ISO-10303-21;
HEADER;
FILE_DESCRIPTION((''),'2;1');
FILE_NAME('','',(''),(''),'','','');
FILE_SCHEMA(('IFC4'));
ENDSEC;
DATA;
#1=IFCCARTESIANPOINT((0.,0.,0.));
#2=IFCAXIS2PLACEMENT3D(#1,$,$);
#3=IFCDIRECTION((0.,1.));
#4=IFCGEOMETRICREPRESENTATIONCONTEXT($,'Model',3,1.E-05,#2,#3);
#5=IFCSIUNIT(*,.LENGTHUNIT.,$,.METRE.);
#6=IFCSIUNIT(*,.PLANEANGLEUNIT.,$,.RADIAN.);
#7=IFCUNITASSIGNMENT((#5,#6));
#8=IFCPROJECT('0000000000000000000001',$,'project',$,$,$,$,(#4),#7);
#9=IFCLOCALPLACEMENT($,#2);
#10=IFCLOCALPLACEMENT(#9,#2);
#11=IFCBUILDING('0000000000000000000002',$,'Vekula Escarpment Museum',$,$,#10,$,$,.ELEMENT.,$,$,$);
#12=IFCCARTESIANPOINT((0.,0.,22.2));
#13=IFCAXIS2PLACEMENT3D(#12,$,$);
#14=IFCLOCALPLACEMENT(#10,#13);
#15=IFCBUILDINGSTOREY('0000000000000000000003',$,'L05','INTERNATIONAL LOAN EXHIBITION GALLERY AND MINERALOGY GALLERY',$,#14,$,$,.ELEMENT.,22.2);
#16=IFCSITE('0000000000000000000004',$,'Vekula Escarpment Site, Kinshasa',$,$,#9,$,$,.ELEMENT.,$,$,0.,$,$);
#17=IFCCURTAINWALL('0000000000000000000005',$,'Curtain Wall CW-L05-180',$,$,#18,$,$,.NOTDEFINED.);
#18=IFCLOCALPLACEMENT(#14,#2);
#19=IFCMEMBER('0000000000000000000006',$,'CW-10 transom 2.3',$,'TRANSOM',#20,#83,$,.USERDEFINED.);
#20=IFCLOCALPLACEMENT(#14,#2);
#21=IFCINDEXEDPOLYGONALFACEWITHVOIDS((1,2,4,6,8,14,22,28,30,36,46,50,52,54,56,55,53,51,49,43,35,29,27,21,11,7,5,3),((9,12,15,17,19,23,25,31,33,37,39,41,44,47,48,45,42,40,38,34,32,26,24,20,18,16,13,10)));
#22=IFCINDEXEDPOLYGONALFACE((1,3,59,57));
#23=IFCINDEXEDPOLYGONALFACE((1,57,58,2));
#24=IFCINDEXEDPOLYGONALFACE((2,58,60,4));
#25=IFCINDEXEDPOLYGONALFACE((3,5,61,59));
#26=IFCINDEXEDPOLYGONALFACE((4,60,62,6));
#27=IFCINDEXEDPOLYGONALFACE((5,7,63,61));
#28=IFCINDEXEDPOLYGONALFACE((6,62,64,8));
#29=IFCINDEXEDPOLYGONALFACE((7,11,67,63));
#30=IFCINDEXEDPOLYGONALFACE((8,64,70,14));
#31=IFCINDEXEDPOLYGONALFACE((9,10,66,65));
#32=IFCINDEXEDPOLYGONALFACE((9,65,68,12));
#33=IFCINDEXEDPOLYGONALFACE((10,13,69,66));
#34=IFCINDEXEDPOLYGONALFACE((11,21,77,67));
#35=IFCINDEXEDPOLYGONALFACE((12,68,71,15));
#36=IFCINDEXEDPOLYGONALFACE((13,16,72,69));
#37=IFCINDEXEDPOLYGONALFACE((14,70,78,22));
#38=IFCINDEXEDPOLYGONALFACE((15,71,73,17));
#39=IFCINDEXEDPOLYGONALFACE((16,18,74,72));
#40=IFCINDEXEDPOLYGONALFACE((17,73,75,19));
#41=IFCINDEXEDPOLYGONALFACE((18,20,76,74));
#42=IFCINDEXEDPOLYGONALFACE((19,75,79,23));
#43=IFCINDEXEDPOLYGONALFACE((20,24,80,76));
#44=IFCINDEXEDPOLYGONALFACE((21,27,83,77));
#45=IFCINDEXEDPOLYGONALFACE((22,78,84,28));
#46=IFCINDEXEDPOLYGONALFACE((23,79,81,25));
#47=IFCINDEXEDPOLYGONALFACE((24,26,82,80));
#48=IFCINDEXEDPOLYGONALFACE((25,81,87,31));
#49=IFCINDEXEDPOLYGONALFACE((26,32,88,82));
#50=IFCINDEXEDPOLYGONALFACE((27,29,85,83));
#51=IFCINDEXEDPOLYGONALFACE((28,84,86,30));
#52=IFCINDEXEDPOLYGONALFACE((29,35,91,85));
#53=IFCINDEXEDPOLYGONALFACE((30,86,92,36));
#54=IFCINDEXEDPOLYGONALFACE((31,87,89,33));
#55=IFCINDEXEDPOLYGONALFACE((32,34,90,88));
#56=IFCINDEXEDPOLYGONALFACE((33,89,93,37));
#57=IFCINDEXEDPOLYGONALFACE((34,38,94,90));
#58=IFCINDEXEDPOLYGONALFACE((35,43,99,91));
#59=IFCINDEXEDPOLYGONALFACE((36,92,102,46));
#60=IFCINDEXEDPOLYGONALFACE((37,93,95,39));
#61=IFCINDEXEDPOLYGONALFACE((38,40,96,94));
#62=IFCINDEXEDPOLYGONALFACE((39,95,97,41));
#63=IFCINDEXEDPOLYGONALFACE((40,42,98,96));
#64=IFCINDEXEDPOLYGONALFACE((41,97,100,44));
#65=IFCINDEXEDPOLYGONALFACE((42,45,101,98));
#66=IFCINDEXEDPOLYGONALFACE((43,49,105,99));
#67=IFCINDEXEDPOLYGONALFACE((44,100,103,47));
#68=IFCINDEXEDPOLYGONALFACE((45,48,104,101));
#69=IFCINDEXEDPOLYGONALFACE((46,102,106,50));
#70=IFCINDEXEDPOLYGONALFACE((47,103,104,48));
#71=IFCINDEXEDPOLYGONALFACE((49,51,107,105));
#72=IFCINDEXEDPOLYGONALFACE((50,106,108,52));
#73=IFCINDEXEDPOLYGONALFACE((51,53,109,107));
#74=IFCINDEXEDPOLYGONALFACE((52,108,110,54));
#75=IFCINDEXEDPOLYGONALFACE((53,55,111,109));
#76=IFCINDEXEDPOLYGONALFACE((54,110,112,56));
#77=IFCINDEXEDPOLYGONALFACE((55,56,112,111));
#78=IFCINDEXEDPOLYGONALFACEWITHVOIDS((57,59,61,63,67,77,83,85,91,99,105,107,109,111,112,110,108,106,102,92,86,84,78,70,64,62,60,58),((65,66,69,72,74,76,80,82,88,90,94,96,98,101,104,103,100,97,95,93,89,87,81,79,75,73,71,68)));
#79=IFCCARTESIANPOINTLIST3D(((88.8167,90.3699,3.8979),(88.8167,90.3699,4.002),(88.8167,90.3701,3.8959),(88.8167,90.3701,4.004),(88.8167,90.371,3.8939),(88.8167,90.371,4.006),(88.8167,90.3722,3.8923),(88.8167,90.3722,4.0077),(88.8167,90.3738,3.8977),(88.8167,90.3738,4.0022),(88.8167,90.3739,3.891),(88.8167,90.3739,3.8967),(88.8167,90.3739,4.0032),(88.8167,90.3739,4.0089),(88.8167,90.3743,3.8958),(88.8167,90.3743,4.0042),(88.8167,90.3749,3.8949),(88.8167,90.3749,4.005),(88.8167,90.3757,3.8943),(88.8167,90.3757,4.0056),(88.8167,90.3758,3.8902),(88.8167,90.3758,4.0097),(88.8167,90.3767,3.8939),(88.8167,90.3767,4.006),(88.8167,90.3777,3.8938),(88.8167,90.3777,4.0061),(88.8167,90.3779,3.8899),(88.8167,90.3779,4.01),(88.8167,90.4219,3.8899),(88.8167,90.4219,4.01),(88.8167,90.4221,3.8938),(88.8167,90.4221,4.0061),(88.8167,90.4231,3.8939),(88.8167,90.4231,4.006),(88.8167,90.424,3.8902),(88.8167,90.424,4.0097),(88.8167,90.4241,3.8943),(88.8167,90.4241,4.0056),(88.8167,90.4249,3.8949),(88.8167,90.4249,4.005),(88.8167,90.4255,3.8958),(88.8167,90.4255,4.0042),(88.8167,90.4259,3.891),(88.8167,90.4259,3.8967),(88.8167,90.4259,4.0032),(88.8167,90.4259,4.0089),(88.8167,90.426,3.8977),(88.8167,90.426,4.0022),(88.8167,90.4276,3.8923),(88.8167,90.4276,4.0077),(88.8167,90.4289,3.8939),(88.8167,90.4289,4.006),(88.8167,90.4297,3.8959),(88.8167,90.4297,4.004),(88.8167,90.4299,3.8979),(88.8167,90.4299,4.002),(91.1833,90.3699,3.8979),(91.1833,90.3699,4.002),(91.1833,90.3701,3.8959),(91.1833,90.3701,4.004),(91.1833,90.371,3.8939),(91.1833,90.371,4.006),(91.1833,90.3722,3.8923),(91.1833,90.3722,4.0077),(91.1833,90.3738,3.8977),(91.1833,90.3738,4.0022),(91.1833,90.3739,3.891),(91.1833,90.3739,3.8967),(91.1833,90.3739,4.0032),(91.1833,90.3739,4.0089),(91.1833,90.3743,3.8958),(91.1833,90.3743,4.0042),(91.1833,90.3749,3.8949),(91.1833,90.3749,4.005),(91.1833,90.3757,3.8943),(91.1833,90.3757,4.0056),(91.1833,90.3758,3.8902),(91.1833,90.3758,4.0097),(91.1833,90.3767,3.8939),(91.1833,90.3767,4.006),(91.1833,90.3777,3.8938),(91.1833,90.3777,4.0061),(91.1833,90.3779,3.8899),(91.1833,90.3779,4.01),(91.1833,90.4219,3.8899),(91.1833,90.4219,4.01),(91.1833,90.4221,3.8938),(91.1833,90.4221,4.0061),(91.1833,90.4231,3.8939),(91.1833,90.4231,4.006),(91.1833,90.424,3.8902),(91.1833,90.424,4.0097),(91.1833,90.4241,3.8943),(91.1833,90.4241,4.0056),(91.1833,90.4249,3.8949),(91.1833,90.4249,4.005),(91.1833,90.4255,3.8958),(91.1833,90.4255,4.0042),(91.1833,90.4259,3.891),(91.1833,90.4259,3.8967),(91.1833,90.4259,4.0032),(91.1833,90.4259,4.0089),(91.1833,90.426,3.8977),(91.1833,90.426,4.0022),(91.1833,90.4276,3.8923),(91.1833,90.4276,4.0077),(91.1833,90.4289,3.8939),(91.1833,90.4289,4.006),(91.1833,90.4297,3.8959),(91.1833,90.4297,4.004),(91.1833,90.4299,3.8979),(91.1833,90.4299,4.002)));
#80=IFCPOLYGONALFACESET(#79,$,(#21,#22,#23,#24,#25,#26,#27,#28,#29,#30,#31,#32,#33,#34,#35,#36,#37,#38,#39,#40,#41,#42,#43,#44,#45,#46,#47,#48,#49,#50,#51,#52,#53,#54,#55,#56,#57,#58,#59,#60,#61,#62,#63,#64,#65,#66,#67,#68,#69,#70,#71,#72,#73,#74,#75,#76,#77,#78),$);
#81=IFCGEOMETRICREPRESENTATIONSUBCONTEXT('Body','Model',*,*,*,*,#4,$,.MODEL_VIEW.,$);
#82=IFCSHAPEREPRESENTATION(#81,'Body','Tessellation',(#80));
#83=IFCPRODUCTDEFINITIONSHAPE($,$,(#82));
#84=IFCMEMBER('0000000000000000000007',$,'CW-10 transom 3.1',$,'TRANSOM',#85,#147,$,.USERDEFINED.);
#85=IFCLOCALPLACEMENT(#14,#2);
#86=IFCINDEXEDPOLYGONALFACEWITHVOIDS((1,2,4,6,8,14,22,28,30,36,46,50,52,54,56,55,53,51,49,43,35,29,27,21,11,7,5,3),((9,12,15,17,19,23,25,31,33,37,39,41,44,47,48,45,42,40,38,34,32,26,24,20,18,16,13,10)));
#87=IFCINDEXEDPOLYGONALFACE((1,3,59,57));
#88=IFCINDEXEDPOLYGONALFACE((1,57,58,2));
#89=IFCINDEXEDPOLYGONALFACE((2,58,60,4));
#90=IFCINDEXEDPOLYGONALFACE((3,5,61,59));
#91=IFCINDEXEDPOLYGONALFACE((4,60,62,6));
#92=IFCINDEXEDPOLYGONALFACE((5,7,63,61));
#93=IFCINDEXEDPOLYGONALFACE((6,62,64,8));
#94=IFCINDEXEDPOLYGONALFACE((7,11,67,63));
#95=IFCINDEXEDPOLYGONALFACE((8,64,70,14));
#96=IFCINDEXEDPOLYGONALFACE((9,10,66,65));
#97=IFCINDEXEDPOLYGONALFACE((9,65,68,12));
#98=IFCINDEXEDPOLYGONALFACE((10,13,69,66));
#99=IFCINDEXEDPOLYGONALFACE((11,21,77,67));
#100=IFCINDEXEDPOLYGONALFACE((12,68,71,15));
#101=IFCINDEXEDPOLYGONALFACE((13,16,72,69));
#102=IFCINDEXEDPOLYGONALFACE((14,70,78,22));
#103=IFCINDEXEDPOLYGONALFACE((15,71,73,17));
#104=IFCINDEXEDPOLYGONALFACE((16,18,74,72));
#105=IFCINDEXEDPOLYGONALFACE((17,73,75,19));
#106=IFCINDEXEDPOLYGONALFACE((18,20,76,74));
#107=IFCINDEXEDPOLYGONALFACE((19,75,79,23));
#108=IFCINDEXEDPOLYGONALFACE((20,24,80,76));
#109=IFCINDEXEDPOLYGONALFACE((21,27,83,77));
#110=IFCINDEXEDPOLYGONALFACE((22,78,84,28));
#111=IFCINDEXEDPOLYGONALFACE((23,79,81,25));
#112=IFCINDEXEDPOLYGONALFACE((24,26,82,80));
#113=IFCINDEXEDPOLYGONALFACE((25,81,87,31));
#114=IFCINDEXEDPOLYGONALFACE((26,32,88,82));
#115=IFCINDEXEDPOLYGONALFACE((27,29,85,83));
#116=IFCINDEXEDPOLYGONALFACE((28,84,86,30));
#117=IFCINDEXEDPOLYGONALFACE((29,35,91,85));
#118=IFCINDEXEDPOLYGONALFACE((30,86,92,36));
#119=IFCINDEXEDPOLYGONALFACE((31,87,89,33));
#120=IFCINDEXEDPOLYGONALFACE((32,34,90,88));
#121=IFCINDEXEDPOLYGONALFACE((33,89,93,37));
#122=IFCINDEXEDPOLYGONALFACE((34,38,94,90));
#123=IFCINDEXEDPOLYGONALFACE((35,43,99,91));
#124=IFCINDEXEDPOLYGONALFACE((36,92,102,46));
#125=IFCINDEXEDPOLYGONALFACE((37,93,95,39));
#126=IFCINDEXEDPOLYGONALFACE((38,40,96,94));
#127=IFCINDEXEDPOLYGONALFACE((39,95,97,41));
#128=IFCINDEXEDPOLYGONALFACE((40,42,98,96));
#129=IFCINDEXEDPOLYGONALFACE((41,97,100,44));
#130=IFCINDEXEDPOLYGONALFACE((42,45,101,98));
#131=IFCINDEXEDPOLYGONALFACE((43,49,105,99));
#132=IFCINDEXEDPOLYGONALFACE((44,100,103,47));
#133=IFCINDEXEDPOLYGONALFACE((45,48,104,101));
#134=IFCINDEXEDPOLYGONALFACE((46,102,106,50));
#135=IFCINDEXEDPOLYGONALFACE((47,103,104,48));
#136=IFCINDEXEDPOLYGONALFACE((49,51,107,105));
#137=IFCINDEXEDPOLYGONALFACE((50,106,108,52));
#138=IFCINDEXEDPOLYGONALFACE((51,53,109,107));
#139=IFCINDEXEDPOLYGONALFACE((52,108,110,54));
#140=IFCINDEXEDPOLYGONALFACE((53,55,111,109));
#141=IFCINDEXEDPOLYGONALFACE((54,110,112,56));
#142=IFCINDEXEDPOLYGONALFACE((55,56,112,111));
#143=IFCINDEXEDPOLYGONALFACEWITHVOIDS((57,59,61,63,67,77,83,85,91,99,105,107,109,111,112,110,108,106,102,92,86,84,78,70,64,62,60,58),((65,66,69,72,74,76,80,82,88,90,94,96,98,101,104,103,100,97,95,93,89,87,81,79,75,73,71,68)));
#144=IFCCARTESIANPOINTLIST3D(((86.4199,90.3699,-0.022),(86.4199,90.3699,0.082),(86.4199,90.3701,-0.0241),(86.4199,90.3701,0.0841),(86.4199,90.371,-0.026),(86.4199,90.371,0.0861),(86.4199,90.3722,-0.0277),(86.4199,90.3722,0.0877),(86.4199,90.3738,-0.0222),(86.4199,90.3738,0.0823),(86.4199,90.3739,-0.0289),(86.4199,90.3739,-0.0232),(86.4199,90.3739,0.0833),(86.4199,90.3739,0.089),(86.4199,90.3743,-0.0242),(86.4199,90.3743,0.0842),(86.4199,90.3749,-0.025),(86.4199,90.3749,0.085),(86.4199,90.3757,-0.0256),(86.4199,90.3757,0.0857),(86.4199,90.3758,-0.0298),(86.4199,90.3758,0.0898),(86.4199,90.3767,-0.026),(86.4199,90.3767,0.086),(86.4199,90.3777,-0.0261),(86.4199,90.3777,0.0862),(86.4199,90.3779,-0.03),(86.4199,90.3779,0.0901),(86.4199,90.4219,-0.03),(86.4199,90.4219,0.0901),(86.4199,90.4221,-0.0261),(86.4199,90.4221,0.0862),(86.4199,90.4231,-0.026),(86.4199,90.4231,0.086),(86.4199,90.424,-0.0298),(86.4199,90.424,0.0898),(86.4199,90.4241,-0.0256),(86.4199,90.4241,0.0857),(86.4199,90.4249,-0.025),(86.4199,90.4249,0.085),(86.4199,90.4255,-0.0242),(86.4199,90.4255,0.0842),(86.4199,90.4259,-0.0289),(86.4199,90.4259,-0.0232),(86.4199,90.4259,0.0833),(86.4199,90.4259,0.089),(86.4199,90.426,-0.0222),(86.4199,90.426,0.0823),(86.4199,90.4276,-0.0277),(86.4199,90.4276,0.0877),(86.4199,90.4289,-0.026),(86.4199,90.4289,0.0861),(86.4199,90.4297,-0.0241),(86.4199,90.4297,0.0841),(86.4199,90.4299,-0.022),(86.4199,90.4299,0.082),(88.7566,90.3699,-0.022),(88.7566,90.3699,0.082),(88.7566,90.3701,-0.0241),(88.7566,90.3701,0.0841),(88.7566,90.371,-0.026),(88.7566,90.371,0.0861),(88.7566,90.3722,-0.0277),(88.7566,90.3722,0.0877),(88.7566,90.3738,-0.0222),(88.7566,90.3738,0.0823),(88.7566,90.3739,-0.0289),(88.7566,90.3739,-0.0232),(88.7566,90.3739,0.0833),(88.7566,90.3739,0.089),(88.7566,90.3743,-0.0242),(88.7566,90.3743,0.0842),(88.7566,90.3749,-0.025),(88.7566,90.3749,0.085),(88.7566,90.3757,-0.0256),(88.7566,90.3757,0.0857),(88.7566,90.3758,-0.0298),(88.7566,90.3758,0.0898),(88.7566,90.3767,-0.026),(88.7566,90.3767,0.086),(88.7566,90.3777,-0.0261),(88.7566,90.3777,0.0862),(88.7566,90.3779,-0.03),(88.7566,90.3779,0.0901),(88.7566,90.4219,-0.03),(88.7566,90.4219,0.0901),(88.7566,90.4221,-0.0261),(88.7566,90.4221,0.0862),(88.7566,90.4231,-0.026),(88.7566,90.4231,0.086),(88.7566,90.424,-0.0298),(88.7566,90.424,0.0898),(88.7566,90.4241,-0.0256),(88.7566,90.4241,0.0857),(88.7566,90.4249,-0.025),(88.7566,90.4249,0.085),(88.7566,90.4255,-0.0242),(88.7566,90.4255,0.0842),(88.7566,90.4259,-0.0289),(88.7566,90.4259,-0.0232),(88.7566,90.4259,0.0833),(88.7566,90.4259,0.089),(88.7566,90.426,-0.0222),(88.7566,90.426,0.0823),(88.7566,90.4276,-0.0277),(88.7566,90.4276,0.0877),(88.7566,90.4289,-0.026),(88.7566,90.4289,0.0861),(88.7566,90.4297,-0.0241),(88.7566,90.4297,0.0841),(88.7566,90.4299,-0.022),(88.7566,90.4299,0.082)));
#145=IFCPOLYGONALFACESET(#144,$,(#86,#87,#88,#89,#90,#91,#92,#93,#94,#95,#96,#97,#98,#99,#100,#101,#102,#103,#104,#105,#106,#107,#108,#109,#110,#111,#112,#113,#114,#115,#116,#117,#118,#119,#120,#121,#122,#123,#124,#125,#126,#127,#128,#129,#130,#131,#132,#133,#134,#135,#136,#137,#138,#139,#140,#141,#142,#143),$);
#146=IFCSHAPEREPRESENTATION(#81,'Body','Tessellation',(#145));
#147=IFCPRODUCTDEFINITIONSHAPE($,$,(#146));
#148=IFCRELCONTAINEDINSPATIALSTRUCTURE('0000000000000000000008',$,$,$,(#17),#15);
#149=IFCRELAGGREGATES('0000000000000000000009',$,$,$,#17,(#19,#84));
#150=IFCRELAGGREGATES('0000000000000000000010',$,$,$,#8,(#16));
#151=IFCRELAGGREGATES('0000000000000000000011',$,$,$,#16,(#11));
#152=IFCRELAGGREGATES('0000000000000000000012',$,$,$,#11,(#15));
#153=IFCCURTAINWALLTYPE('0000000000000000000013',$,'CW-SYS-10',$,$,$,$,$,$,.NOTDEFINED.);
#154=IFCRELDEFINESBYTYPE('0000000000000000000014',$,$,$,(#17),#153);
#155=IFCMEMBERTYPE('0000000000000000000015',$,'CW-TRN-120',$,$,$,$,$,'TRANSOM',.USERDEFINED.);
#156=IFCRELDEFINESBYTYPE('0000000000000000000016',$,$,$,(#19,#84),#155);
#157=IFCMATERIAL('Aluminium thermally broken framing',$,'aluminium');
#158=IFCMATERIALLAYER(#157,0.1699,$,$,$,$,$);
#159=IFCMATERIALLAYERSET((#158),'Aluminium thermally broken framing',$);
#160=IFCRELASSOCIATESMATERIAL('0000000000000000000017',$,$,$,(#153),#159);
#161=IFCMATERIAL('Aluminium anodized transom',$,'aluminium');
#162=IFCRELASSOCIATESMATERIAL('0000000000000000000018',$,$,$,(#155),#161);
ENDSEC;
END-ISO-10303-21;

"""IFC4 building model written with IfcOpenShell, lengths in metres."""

from ifc_helpers import new_model, si_unit, direction, frame, origin, origin_2d, place, context, subcontext, project, spatial, hollow_rectangle, extrude, material, layer, layer_set, material_profile, profile_set, type_object, element, aggregate, save


model = new_model("IFC4")

# Units and contexts
model_context = context("Model", 3, precision=1e-05, world=origin(), true_north=direction((0.0, 1.0)))
body_context = subcontext(model_context, "Body", "Model", "MODEL_VIEW")
ifc_project = project(units=[si_unit("LENGTHUNIT", "METRE"), si_unit("PLANEANGLEUNIT", "RADIAN")], contexts=[model_context])

# Site, building, storey
site_placement = place(None, origin())
site = spatial("IfcSite", under=ifc_project, at=site_placement, Name="Vekula Escarpment Site, Kinshasa", CompositionType="ELEMENT", RefElevation=0.0)
building_placement = place(site_placement, origin())
building = spatial("IfcBuilding", under=site, at=building_placement, Name="Vekula Escarpment Museum", CompositionType="ELEMENT")
storey_placement = place(building_placement, frame((0.0, 0.0, 22.2)))
storey = spatial("IfcBuildingStorey", under=building, at=storey_placement, Name="L05", Description="INTERNATIONAL LOAN EXHIBITION GALLERY AND MINERALOGY GALLERY", CompositionType="ELEMENT", Elevation=22.2)

# Curtain wall, members
ifc_material_1 = material(Name="Aluminium thermally broken framing", Category="aluminium")
ifc_layer_1 = layer(ifc_material_1, 0.1699)
ifc_layer_set_1 = layer_set([ifc_layer_1], Name="Aluminium thermally broken framing")
curtain_wall_type = type_object("IfcCurtainWallType", Name="CW-SYS-10", PredefinedType="NOTDEFINED", material=ifc_layer_set_1)
curtain_wall_placement = place(storey_placement, origin())
curtain_wall = element("IfcCurtainWall", 1, at=curtain_wall_placement, inside=storey, type_object=curtain_wall_type, Name="Curtain Wall CW-L05-180", PredefinedType="NOTDEFINED")
ifc_material_2 = material(Name="Aluminium anodized transom", Category="aluminium")
ifc_material_profile_1 = material_profile(ifc_material_2, hollow_rectangle(XDim=0.0601, YDim=0.1201, WallThickness=0.0039, InnerFilletRadius=0.0039, OuterFilletRadius=0.0081, at=origin_2d()), Name="ALU 120x60x4")
ifc_profile_set_1 = profile_set([ifc_material_profile_1], Name="Aluminium anodized transom")
member_type_1 = type_object("IfcMemberType", Name="CW-TRN-120", ElementType="TRANSOM", PredefinedType="USERDEFINED", material=ifc_profile_set_1)
member_1_placement = place(storey_placement, frame((91.1833, 90.3999, 3.95), z_axis=(-1.0, 0.0, 0.0), x_axis=(0.0, -1.0, 0.0)))
member_1 = element("IfcMember", 2, at=member_1_placement, type_object=member_type_1, Name="CW-10 transom 2.3", ObjectType="TRANSOM", PredefinedType="USERDEFINED", context=body_context, shape_type="SweptSolid", body=[
    extrude(hollow_rectangle(XDim=0.0601, YDim=0.1201, WallThickness=0.0039, InnerFilletRadius=0.0039, OuterFilletRadius=0.0081, at=origin_2d()), origin(), (0.0, 0.0, 1.0), 2.3667),
])
member_2_placement = place(storey_placement, frame((88.7566, 90.3999, 0.03), z_axis=(-1.0, 0.0, 0.0), x_axis=(0.0, -1.0, 0.0)))
member_2 = element("IfcMember", 3, at=member_2_placement, type_object=member_type_1, Name="CW-10 transom 3.1", ObjectType="TRANSOM", PredefinedType="USERDEFINED", context=body_context, shape_type="SweptSolid", body=[
    extrude(hollow_rectangle(XDim=0.0601, YDim=0.1201, WallThickness=0.0039, InnerFilletRadius=0.0039, OuterFilletRadius=0.0081, at=origin_2d()), origin(), (0.0, 0.0, 1.0), 2.3367),
])
aggregate(curtain_wall, [member_1, member_2])

save(model, "model.ifc")
